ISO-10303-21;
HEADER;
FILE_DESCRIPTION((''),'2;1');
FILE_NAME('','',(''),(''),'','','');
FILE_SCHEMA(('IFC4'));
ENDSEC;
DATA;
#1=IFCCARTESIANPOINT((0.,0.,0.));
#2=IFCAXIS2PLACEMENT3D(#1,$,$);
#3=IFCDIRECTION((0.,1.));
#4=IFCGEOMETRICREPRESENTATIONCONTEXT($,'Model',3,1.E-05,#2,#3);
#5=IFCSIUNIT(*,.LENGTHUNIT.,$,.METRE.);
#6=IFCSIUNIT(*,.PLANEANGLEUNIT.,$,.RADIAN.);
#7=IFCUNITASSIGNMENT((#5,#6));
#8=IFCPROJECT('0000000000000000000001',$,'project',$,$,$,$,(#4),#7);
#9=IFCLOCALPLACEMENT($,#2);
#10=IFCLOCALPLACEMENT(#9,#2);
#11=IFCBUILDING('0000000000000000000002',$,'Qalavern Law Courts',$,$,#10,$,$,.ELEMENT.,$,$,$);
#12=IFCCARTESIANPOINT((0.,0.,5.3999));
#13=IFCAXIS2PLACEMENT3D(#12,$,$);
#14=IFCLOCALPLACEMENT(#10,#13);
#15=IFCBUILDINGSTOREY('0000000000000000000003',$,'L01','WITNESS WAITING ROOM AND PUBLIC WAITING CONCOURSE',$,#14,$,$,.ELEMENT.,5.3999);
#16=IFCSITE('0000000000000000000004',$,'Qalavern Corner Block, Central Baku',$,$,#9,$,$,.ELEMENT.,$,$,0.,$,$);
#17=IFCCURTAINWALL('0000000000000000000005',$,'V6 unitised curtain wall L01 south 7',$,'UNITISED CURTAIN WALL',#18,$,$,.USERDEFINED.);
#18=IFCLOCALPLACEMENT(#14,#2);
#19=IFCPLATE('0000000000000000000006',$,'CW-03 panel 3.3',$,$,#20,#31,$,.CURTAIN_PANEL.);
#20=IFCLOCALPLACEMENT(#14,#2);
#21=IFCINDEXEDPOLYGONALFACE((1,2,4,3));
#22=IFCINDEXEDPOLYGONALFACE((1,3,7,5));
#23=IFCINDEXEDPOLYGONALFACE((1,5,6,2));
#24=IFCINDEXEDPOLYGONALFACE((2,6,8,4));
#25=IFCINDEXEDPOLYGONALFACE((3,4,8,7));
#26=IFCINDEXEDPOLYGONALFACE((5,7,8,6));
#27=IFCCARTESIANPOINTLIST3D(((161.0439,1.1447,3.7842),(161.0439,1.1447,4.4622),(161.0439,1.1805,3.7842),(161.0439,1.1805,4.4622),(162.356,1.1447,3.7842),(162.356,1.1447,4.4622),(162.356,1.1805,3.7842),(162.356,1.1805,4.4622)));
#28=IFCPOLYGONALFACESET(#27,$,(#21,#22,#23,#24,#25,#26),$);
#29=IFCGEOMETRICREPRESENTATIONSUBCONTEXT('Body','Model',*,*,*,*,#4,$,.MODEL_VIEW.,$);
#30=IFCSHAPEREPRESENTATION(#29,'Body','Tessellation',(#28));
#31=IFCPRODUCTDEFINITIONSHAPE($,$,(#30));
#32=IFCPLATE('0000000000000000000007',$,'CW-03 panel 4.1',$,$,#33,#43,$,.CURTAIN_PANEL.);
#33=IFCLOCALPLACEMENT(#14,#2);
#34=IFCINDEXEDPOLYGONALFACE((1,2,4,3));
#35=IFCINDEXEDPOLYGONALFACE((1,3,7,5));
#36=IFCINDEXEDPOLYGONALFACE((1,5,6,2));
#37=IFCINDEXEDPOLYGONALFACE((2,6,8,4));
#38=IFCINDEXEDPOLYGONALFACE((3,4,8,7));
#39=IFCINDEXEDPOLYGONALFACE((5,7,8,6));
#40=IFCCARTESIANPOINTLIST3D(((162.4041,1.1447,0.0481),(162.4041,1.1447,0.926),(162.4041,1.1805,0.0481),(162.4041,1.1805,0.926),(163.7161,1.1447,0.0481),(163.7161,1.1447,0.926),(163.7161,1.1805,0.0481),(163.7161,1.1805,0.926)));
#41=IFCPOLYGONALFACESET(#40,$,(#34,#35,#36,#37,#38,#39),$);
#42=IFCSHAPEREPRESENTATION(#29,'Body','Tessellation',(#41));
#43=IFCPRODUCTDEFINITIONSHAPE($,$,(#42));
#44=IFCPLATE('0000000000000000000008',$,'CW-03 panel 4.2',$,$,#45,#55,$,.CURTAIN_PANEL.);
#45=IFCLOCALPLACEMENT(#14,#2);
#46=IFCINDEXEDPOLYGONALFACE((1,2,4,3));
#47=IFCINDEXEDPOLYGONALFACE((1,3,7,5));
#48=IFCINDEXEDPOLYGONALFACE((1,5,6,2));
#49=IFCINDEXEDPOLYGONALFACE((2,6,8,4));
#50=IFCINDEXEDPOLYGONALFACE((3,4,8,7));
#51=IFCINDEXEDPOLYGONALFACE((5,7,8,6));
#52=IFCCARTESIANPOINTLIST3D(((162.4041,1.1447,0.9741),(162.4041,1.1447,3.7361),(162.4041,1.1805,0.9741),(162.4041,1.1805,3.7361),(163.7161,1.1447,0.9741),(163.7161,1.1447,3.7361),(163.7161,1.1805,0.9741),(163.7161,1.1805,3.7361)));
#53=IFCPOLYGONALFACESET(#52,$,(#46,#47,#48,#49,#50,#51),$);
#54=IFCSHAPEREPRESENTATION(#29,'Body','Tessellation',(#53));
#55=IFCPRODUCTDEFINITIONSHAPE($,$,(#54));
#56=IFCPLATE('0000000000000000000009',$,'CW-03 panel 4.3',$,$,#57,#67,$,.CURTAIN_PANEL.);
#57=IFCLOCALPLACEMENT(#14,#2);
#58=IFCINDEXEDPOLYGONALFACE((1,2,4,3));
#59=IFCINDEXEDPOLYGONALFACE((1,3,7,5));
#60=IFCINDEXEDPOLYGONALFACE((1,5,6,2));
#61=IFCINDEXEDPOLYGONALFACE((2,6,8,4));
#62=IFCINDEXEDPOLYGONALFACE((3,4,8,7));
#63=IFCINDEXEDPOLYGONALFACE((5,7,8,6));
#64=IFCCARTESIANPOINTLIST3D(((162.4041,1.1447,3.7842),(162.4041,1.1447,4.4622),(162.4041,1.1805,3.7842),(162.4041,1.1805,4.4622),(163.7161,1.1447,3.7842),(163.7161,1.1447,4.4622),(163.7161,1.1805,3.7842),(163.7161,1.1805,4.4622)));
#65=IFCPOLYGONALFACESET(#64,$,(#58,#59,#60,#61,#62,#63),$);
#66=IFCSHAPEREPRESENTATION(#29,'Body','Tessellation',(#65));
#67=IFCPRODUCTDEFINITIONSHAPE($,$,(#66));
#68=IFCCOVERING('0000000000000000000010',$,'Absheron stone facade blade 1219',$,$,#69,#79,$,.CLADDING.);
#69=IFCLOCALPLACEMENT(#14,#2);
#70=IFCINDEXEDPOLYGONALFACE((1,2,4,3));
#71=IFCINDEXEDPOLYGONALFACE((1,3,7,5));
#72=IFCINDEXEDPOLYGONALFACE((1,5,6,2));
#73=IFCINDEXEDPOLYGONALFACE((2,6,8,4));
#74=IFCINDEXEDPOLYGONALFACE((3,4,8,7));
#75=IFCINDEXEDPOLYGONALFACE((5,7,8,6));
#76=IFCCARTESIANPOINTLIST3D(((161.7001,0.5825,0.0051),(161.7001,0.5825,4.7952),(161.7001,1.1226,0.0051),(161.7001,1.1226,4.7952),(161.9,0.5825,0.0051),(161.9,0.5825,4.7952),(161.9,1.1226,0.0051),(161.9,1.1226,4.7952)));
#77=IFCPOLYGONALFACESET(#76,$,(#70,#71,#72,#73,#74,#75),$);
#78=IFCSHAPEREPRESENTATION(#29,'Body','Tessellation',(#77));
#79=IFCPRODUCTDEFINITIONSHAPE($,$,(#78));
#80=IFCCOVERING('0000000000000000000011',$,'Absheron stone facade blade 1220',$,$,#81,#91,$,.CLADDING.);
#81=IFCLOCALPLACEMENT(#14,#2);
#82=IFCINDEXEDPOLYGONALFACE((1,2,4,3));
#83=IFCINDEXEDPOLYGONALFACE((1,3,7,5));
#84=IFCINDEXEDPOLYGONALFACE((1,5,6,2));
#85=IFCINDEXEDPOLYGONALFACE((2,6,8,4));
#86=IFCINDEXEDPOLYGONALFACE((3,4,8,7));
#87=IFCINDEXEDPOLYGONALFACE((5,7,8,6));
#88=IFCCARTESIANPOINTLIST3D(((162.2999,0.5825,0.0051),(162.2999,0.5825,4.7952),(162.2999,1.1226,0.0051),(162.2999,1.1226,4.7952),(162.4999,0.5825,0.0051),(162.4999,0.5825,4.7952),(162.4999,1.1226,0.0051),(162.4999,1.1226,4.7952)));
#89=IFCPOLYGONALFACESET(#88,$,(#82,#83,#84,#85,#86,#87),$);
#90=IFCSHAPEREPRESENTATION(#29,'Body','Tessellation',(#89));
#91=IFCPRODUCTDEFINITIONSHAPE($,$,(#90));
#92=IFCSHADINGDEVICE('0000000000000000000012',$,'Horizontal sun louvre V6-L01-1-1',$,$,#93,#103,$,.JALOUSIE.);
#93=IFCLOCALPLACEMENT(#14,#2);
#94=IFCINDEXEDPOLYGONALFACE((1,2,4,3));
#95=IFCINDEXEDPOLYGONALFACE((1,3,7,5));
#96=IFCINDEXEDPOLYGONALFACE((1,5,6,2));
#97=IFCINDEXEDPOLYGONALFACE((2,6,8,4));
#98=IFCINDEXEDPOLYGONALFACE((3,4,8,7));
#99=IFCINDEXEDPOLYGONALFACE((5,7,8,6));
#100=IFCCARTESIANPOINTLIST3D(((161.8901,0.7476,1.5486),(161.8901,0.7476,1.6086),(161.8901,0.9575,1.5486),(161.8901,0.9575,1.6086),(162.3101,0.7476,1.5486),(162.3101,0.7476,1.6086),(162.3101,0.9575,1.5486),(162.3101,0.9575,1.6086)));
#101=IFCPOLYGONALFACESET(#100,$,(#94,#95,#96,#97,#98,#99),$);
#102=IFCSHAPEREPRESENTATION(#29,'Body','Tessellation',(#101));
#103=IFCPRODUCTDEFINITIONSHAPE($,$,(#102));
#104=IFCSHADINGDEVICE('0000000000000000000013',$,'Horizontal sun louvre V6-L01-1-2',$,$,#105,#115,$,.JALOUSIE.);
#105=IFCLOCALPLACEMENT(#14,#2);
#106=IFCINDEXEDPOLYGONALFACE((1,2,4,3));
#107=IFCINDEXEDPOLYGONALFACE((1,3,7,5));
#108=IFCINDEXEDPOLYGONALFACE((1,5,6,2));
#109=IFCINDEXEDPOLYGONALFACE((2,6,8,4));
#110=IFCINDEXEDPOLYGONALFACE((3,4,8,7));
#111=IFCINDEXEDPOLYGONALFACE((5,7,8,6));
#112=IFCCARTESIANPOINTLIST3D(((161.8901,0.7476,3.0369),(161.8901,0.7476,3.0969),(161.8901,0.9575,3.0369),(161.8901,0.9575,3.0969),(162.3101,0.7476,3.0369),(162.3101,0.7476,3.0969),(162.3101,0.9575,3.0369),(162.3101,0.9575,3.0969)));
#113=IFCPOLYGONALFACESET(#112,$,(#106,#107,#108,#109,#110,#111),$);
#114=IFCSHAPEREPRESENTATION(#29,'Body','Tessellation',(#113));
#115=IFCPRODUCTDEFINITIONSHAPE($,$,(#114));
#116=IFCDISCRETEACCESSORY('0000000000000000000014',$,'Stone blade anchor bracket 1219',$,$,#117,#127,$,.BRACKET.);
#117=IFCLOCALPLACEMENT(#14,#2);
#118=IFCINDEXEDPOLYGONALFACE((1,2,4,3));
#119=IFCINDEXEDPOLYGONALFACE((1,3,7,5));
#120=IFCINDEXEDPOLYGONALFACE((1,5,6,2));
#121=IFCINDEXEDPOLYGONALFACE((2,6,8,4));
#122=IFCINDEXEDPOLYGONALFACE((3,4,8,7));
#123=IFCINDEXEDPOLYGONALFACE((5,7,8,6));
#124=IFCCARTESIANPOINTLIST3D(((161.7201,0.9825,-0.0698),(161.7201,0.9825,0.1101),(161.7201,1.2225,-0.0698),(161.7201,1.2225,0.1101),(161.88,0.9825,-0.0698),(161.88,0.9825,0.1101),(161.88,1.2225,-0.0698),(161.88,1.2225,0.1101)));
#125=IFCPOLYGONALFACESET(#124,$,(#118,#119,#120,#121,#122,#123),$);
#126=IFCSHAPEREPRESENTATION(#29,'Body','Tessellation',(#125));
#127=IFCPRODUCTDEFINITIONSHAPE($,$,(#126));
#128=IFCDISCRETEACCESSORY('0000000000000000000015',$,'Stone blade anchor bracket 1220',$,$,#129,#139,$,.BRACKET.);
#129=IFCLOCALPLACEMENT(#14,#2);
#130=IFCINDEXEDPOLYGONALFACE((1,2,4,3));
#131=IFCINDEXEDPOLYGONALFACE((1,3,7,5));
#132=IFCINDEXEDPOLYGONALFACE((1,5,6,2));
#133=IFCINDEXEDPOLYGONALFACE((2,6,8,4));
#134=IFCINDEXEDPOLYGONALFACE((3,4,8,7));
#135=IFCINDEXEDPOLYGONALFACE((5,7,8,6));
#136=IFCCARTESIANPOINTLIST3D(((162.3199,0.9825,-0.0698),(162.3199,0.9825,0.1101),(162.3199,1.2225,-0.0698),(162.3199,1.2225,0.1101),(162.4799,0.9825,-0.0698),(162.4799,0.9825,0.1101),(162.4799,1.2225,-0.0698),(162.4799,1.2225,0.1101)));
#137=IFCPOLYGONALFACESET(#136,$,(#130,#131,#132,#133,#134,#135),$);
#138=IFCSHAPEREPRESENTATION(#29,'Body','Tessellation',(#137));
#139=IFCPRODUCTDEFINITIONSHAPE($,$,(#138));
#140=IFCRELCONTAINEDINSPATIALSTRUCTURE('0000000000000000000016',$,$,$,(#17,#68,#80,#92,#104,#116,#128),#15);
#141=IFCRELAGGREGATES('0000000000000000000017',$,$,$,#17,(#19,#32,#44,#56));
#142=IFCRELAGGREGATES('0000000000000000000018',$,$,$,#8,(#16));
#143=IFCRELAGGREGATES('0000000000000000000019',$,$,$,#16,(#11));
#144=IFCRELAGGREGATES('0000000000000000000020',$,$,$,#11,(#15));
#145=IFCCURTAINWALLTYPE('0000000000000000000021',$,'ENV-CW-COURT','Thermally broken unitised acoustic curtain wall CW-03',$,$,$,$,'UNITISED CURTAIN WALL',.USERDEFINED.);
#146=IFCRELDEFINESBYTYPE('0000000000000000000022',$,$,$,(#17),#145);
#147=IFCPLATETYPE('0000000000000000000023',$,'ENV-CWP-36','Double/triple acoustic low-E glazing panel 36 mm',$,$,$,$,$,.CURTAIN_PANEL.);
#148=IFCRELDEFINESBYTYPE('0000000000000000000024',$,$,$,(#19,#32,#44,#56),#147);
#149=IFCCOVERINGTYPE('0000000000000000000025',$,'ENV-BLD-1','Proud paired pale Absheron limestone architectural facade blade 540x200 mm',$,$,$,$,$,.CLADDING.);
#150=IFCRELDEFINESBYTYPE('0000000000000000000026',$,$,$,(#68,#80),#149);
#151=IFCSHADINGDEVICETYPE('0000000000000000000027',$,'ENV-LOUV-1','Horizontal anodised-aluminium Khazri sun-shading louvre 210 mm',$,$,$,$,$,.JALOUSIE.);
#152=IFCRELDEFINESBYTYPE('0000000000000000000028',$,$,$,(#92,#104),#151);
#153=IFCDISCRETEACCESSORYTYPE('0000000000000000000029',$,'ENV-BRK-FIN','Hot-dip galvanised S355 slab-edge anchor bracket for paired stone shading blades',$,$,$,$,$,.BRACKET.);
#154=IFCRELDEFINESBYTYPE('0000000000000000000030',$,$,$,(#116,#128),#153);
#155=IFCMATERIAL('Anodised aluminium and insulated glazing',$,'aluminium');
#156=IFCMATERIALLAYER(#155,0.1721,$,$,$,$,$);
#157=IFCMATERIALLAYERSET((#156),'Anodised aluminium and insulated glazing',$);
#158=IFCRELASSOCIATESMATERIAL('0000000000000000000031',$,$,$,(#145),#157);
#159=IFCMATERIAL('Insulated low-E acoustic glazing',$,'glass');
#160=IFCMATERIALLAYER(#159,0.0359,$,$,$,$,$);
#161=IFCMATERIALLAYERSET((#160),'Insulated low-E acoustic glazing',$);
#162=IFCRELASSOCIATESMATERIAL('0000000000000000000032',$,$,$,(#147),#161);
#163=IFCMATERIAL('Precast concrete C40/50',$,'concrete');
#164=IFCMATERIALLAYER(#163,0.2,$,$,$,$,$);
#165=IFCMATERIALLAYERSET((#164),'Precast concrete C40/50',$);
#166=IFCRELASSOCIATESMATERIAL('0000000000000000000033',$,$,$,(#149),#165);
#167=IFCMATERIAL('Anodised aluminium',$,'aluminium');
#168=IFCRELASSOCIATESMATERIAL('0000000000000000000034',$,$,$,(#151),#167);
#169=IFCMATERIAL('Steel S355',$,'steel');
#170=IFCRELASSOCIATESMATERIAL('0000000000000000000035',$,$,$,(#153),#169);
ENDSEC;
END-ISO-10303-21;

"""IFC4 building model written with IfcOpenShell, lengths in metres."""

from ifc_helpers import new_model, si_unit, direction, frame, origin, origin_2d, place, context, subcontext, project, spatial, rectangle, extrude, material, layer, layer_set, type_object, element, aggregate, save


model = new_model("IFC4")

# Units and contexts
model_context = context("Model", 3, precision=1e-05, world=origin(), true_north=direction((0.0, 1.0)))
body_context = subcontext(model_context, "Body", "Model", "MODEL_VIEW")
ifc_project = project(units=[si_unit("LENGTHUNIT", "METRE"), si_unit("PLANEANGLEUNIT", "RADIAN")], contexts=[model_context])

# Site, building, storey
site_placement = place(None, origin())
site = spatial("IfcSite", under=ifc_project, at=site_placement, Name="Qalavern Corner Block, Central Baku", CompositionType="ELEMENT", RefElevation=0.0)
building_placement = place(site_placement, origin())
building = spatial("IfcBuilding", under=site, at=building_placement, Name="Qalavern Law Courts", CompositionType="ELEMENT")
storey_placement = place(building_placement, frame((0.0, 0.0, 5.3999)))
storey = spatial("IfcBuildingStorey", under=building, at=storey_placement, Name="L01", Description="WITNESS WAITING ROOM AND PUBLIC WAITING CONCOURSE", CompositionType="ELEMENT", Elevation=5.3999)

# Curtain wall, plates
ifc_material_1 = material(Name="Anodised aluminium and insulated glazing", Category="aluminium")
ifc_layer_1 = layer(ifc_material_1, 0.1721)
ifc_layer_set_1 = layer_set([ifc_layer_1], Name="Anodised aluminium and insulated glazing")
curtain_wall_type = type_object("IfcCurtainWallType", Name="ENV-CW-COURT", Description="Thermally broken unitised acoustic curtain wall CW-03", ElementType="UNITISED CURTAIN WALL", PredefinedType="USERDEFINED", material=ifc_layer_set_1)
curtain_wall_placement = place(storey_placement, origin())
curtain_wall = element("IfcCurtainWall", 1, at=curtain_wall_placement, inside=storey, type_object=curtain_wall_type, Name="V6 unitised curtain wall L01 south 7", ObjectType="UNITISED CURTAIN WALL", PredefinedType="USERDEFINED")
ifc_material_2 = material(Name="Anodised aluminium", Category="aluminium")
ifc_material_3 = material(Name="Insulated low-E acoustic glazing", Category="glass")
ifc_layer_2 = layer(ifc_material_3, 0.0359)
ifc_layer_set_2 = layer_set([ifc_layer_2], Name="Insulated low-E acoustic glazing")
plate_type = type_object("IfcPlateType", Name="ENV-CWP-36", Description="Double/triple acoustic low-E glazing panel 36 mm", PredefinedType="CURTAIN_PANEL", material=ifc_layer_set_2)
plate_1_placement = place(storey_placement, frame((161.7, 1.1626, 3.7842), z_axis=(0.0, 0.0, 1.0), x_axis=(1.0, 0.0, 0.0)))
plate_1 = element("IfcPlate", 2, at=plate_1_placement, type_object=plate_type, Name="CW-03 panel 3.3", PredefinedType="CURTAIN_PANEL", context=body_context, shape_type="SweptSolid", body=[
    extrude(rectangle(XDim=1.312, YDim=0.0359, at=origin_2d()), origin(), (0.0, 0.0, 1.0), 0.678),
])
plate_2_placement = place(storey_placement, frame((163.0601, 1.1626, 0.0481), z_axis=(0.0, 0.0, 1.0), x_axis=(1.0, 0.0, 0.0)))
plate_2 = element("IfcPlate", 3, at=plate_2_placement, type_object=plate_type, Name="CW-03 panel 4.1", PredefinedType="CURTAIN_PANEL", context=body_context, shape_type="SweptSolid", body=[
    extrude(rectangle(XDim=1.312, YDim=0.0359, at=origin_2d()), origin(), (0.0, 0.0, 1.0), 0.8779),
])
plate_3_placement = place(storey_placement, frame((163.0601, 1.1626, 0.9741), z_axis=(0.0, 0.0, 1.0), x_axis=(1.0, 0.0, 0.0)))
plate_3 = element("IfcPlate", 4, at=plate_3_placement, type_object=plate_type, Name="CW-03 panel 4.2", PredefinedType="CURTAIN_PANEL", context=body_context, shape_type="SweptSolid", body=[
    extrude(rectangle(XDim=1.312, YDim=0.0359, at=origin_2d()), origin(), (0.0, 0.0, 1.0), 2.762),
])
plate_4_placement = place(storey_placement, frame((163.0601, 1.1626, 3.7842), z_axis=(0.0, 0.0, 1.0), x_axis=(1.0, 0.0, 0.0)))
plate_4 = element("IfcPlate", 5, at=plate_4_placement, type_object=plate_type, Name="CW-03 panel 4.3", PredefinedType="CURTAIN_PANEL", context=body_context, shape_type="SweptSolid", body=[
    extrude(rectangle(XDim=1.312, YDim=0.0359, at=origin_2d()), origin(), (0.0, 0.0, 1.0), 0.678),
])
aggregate(curtain_wall, [plate_1, plate_2, plate_3, plate_4])

# Coverings
ifc_material_4 = material(Name="Precast concrete C40/50", Category="concrete")
ifc_layer_3 = layer(ifc_material_4, 0.2)
ifc_layer_set_3 = layer_set([ifc_layer_3], Name="Precast concrete C40/50")
covering_type = type_object("IfcCoveringType", Name="ENV-BLD-1", Description="Proud paired pale Absheron limestone architectural facade blade 540x200 mm", PredefinedType="CLADDING", material=ifc_layer_set_3)
for number, where, z_axis, x_axis, name in (
    (6, (161.8, 0.8525, 0.0051), (0.0, 0.0, 1.0), (0.0, -1.0, 0.0), "Absheron stone facade blade 1219"),
    (7, (162.3999, 0.8525, 0.0051), (0.0, 0.0, 1.0), (0.0, -1.0, 0.0), "Absheron stone facade blade 1220"),
):
    element("IfcCovering", number, at=place(storey_placement, frame(where, z_axis=z_axis, x_axis=x_axis)), inside=storey, type_object=covering_type, Name=name, PredefinedType="CLADDING", context=body_context, shape_type="SweptSolid", body=[
        extrude(rectangle(XDim=0.54, YDim=0.2, at=origin_2d()), origin(), (0.0, 0.0, 1.0), 4.79),
    ])

# Shading devices
shading_device_type = type_object("IfcShadingDeviceType", Name="ENV-LOUV-1", Description="Horizontal anodised-aluminium Khazri sun-shading louvre 210 mm", PredefinedType="JALOUSIE", material=ifc_material_2)
for number, where, z_axis, x_axis, name in (
    (8, (162.1001, 0.8525, 1.5486), (0.0, 0.0, 1.0), (1.0, 0.0, 0.0), "Horizontal sun louvre V6-L01-1-1"),
    (9, (162.1001, 0.8525, 3.0369), (0.0, 0.0, 1.0), (1.0, 0.0, 0.0), "Horizontal sun louvre V6-L01-1-2"),
):
    element("IfcShadingDevice", number, at=place(storey_placement, frame(where, z_axis=z_axis, x_axis=x_axis)), inside=storey, type_object=shading_device_type, Name=name, PredefinedType="JALOUSIE", context=body_context, shape_type="SweptSolid", body=[
        extrude(rectangle(XDim=0.4199, YDim=0.21, at=origin_2d()), origin(), (0.0, 0.0, 1.0), 0.0601),
    ])

# Discrete accessories
ifc_material_5 = material(Name="Steel S355", Category="steel")
discrete_accessory_type = type_object("IfcDiscreteAccessoryType", Name="ENV-BRK-FIN", Description="Hot-dip galvanised S355 slab-edge anchor bracket for paired stone shading blades", PredefinedType="BRACKET", material=ifc_material_5)
for number, where, z_axis, x_axis, name in (
    (10, (161.8, 1.1025, -0.0698), (0.0, 0.0, 1.0), (0.0, -1.0, 0.0), "Stone blade anchor bracket 1219"),
    (11, (162.3999, 1.1025, -0.0698), (0.0, 0.0, 1.0), (0.0, -1.0, 0.0), "Stone blade anchor bracket 1220"),
):
    element("IfcDiscreteAccessory", number, at=place(storey_placement, frame(where, z_axis=z_axis, x_axis=x_axis)), inside=storey, type_object=discrete_accessory_type, Name=name, PredefinedType="BRACKET", context=body_context, shape_type="SweptSolid", body=[
        extrude(rectangle(XDim=0.24, YDim=0.1599, at=origin_2d()), origin(), (0.0, 0.0, 1.0), 0.1799),
    ])

save(model, "model.ifc")
